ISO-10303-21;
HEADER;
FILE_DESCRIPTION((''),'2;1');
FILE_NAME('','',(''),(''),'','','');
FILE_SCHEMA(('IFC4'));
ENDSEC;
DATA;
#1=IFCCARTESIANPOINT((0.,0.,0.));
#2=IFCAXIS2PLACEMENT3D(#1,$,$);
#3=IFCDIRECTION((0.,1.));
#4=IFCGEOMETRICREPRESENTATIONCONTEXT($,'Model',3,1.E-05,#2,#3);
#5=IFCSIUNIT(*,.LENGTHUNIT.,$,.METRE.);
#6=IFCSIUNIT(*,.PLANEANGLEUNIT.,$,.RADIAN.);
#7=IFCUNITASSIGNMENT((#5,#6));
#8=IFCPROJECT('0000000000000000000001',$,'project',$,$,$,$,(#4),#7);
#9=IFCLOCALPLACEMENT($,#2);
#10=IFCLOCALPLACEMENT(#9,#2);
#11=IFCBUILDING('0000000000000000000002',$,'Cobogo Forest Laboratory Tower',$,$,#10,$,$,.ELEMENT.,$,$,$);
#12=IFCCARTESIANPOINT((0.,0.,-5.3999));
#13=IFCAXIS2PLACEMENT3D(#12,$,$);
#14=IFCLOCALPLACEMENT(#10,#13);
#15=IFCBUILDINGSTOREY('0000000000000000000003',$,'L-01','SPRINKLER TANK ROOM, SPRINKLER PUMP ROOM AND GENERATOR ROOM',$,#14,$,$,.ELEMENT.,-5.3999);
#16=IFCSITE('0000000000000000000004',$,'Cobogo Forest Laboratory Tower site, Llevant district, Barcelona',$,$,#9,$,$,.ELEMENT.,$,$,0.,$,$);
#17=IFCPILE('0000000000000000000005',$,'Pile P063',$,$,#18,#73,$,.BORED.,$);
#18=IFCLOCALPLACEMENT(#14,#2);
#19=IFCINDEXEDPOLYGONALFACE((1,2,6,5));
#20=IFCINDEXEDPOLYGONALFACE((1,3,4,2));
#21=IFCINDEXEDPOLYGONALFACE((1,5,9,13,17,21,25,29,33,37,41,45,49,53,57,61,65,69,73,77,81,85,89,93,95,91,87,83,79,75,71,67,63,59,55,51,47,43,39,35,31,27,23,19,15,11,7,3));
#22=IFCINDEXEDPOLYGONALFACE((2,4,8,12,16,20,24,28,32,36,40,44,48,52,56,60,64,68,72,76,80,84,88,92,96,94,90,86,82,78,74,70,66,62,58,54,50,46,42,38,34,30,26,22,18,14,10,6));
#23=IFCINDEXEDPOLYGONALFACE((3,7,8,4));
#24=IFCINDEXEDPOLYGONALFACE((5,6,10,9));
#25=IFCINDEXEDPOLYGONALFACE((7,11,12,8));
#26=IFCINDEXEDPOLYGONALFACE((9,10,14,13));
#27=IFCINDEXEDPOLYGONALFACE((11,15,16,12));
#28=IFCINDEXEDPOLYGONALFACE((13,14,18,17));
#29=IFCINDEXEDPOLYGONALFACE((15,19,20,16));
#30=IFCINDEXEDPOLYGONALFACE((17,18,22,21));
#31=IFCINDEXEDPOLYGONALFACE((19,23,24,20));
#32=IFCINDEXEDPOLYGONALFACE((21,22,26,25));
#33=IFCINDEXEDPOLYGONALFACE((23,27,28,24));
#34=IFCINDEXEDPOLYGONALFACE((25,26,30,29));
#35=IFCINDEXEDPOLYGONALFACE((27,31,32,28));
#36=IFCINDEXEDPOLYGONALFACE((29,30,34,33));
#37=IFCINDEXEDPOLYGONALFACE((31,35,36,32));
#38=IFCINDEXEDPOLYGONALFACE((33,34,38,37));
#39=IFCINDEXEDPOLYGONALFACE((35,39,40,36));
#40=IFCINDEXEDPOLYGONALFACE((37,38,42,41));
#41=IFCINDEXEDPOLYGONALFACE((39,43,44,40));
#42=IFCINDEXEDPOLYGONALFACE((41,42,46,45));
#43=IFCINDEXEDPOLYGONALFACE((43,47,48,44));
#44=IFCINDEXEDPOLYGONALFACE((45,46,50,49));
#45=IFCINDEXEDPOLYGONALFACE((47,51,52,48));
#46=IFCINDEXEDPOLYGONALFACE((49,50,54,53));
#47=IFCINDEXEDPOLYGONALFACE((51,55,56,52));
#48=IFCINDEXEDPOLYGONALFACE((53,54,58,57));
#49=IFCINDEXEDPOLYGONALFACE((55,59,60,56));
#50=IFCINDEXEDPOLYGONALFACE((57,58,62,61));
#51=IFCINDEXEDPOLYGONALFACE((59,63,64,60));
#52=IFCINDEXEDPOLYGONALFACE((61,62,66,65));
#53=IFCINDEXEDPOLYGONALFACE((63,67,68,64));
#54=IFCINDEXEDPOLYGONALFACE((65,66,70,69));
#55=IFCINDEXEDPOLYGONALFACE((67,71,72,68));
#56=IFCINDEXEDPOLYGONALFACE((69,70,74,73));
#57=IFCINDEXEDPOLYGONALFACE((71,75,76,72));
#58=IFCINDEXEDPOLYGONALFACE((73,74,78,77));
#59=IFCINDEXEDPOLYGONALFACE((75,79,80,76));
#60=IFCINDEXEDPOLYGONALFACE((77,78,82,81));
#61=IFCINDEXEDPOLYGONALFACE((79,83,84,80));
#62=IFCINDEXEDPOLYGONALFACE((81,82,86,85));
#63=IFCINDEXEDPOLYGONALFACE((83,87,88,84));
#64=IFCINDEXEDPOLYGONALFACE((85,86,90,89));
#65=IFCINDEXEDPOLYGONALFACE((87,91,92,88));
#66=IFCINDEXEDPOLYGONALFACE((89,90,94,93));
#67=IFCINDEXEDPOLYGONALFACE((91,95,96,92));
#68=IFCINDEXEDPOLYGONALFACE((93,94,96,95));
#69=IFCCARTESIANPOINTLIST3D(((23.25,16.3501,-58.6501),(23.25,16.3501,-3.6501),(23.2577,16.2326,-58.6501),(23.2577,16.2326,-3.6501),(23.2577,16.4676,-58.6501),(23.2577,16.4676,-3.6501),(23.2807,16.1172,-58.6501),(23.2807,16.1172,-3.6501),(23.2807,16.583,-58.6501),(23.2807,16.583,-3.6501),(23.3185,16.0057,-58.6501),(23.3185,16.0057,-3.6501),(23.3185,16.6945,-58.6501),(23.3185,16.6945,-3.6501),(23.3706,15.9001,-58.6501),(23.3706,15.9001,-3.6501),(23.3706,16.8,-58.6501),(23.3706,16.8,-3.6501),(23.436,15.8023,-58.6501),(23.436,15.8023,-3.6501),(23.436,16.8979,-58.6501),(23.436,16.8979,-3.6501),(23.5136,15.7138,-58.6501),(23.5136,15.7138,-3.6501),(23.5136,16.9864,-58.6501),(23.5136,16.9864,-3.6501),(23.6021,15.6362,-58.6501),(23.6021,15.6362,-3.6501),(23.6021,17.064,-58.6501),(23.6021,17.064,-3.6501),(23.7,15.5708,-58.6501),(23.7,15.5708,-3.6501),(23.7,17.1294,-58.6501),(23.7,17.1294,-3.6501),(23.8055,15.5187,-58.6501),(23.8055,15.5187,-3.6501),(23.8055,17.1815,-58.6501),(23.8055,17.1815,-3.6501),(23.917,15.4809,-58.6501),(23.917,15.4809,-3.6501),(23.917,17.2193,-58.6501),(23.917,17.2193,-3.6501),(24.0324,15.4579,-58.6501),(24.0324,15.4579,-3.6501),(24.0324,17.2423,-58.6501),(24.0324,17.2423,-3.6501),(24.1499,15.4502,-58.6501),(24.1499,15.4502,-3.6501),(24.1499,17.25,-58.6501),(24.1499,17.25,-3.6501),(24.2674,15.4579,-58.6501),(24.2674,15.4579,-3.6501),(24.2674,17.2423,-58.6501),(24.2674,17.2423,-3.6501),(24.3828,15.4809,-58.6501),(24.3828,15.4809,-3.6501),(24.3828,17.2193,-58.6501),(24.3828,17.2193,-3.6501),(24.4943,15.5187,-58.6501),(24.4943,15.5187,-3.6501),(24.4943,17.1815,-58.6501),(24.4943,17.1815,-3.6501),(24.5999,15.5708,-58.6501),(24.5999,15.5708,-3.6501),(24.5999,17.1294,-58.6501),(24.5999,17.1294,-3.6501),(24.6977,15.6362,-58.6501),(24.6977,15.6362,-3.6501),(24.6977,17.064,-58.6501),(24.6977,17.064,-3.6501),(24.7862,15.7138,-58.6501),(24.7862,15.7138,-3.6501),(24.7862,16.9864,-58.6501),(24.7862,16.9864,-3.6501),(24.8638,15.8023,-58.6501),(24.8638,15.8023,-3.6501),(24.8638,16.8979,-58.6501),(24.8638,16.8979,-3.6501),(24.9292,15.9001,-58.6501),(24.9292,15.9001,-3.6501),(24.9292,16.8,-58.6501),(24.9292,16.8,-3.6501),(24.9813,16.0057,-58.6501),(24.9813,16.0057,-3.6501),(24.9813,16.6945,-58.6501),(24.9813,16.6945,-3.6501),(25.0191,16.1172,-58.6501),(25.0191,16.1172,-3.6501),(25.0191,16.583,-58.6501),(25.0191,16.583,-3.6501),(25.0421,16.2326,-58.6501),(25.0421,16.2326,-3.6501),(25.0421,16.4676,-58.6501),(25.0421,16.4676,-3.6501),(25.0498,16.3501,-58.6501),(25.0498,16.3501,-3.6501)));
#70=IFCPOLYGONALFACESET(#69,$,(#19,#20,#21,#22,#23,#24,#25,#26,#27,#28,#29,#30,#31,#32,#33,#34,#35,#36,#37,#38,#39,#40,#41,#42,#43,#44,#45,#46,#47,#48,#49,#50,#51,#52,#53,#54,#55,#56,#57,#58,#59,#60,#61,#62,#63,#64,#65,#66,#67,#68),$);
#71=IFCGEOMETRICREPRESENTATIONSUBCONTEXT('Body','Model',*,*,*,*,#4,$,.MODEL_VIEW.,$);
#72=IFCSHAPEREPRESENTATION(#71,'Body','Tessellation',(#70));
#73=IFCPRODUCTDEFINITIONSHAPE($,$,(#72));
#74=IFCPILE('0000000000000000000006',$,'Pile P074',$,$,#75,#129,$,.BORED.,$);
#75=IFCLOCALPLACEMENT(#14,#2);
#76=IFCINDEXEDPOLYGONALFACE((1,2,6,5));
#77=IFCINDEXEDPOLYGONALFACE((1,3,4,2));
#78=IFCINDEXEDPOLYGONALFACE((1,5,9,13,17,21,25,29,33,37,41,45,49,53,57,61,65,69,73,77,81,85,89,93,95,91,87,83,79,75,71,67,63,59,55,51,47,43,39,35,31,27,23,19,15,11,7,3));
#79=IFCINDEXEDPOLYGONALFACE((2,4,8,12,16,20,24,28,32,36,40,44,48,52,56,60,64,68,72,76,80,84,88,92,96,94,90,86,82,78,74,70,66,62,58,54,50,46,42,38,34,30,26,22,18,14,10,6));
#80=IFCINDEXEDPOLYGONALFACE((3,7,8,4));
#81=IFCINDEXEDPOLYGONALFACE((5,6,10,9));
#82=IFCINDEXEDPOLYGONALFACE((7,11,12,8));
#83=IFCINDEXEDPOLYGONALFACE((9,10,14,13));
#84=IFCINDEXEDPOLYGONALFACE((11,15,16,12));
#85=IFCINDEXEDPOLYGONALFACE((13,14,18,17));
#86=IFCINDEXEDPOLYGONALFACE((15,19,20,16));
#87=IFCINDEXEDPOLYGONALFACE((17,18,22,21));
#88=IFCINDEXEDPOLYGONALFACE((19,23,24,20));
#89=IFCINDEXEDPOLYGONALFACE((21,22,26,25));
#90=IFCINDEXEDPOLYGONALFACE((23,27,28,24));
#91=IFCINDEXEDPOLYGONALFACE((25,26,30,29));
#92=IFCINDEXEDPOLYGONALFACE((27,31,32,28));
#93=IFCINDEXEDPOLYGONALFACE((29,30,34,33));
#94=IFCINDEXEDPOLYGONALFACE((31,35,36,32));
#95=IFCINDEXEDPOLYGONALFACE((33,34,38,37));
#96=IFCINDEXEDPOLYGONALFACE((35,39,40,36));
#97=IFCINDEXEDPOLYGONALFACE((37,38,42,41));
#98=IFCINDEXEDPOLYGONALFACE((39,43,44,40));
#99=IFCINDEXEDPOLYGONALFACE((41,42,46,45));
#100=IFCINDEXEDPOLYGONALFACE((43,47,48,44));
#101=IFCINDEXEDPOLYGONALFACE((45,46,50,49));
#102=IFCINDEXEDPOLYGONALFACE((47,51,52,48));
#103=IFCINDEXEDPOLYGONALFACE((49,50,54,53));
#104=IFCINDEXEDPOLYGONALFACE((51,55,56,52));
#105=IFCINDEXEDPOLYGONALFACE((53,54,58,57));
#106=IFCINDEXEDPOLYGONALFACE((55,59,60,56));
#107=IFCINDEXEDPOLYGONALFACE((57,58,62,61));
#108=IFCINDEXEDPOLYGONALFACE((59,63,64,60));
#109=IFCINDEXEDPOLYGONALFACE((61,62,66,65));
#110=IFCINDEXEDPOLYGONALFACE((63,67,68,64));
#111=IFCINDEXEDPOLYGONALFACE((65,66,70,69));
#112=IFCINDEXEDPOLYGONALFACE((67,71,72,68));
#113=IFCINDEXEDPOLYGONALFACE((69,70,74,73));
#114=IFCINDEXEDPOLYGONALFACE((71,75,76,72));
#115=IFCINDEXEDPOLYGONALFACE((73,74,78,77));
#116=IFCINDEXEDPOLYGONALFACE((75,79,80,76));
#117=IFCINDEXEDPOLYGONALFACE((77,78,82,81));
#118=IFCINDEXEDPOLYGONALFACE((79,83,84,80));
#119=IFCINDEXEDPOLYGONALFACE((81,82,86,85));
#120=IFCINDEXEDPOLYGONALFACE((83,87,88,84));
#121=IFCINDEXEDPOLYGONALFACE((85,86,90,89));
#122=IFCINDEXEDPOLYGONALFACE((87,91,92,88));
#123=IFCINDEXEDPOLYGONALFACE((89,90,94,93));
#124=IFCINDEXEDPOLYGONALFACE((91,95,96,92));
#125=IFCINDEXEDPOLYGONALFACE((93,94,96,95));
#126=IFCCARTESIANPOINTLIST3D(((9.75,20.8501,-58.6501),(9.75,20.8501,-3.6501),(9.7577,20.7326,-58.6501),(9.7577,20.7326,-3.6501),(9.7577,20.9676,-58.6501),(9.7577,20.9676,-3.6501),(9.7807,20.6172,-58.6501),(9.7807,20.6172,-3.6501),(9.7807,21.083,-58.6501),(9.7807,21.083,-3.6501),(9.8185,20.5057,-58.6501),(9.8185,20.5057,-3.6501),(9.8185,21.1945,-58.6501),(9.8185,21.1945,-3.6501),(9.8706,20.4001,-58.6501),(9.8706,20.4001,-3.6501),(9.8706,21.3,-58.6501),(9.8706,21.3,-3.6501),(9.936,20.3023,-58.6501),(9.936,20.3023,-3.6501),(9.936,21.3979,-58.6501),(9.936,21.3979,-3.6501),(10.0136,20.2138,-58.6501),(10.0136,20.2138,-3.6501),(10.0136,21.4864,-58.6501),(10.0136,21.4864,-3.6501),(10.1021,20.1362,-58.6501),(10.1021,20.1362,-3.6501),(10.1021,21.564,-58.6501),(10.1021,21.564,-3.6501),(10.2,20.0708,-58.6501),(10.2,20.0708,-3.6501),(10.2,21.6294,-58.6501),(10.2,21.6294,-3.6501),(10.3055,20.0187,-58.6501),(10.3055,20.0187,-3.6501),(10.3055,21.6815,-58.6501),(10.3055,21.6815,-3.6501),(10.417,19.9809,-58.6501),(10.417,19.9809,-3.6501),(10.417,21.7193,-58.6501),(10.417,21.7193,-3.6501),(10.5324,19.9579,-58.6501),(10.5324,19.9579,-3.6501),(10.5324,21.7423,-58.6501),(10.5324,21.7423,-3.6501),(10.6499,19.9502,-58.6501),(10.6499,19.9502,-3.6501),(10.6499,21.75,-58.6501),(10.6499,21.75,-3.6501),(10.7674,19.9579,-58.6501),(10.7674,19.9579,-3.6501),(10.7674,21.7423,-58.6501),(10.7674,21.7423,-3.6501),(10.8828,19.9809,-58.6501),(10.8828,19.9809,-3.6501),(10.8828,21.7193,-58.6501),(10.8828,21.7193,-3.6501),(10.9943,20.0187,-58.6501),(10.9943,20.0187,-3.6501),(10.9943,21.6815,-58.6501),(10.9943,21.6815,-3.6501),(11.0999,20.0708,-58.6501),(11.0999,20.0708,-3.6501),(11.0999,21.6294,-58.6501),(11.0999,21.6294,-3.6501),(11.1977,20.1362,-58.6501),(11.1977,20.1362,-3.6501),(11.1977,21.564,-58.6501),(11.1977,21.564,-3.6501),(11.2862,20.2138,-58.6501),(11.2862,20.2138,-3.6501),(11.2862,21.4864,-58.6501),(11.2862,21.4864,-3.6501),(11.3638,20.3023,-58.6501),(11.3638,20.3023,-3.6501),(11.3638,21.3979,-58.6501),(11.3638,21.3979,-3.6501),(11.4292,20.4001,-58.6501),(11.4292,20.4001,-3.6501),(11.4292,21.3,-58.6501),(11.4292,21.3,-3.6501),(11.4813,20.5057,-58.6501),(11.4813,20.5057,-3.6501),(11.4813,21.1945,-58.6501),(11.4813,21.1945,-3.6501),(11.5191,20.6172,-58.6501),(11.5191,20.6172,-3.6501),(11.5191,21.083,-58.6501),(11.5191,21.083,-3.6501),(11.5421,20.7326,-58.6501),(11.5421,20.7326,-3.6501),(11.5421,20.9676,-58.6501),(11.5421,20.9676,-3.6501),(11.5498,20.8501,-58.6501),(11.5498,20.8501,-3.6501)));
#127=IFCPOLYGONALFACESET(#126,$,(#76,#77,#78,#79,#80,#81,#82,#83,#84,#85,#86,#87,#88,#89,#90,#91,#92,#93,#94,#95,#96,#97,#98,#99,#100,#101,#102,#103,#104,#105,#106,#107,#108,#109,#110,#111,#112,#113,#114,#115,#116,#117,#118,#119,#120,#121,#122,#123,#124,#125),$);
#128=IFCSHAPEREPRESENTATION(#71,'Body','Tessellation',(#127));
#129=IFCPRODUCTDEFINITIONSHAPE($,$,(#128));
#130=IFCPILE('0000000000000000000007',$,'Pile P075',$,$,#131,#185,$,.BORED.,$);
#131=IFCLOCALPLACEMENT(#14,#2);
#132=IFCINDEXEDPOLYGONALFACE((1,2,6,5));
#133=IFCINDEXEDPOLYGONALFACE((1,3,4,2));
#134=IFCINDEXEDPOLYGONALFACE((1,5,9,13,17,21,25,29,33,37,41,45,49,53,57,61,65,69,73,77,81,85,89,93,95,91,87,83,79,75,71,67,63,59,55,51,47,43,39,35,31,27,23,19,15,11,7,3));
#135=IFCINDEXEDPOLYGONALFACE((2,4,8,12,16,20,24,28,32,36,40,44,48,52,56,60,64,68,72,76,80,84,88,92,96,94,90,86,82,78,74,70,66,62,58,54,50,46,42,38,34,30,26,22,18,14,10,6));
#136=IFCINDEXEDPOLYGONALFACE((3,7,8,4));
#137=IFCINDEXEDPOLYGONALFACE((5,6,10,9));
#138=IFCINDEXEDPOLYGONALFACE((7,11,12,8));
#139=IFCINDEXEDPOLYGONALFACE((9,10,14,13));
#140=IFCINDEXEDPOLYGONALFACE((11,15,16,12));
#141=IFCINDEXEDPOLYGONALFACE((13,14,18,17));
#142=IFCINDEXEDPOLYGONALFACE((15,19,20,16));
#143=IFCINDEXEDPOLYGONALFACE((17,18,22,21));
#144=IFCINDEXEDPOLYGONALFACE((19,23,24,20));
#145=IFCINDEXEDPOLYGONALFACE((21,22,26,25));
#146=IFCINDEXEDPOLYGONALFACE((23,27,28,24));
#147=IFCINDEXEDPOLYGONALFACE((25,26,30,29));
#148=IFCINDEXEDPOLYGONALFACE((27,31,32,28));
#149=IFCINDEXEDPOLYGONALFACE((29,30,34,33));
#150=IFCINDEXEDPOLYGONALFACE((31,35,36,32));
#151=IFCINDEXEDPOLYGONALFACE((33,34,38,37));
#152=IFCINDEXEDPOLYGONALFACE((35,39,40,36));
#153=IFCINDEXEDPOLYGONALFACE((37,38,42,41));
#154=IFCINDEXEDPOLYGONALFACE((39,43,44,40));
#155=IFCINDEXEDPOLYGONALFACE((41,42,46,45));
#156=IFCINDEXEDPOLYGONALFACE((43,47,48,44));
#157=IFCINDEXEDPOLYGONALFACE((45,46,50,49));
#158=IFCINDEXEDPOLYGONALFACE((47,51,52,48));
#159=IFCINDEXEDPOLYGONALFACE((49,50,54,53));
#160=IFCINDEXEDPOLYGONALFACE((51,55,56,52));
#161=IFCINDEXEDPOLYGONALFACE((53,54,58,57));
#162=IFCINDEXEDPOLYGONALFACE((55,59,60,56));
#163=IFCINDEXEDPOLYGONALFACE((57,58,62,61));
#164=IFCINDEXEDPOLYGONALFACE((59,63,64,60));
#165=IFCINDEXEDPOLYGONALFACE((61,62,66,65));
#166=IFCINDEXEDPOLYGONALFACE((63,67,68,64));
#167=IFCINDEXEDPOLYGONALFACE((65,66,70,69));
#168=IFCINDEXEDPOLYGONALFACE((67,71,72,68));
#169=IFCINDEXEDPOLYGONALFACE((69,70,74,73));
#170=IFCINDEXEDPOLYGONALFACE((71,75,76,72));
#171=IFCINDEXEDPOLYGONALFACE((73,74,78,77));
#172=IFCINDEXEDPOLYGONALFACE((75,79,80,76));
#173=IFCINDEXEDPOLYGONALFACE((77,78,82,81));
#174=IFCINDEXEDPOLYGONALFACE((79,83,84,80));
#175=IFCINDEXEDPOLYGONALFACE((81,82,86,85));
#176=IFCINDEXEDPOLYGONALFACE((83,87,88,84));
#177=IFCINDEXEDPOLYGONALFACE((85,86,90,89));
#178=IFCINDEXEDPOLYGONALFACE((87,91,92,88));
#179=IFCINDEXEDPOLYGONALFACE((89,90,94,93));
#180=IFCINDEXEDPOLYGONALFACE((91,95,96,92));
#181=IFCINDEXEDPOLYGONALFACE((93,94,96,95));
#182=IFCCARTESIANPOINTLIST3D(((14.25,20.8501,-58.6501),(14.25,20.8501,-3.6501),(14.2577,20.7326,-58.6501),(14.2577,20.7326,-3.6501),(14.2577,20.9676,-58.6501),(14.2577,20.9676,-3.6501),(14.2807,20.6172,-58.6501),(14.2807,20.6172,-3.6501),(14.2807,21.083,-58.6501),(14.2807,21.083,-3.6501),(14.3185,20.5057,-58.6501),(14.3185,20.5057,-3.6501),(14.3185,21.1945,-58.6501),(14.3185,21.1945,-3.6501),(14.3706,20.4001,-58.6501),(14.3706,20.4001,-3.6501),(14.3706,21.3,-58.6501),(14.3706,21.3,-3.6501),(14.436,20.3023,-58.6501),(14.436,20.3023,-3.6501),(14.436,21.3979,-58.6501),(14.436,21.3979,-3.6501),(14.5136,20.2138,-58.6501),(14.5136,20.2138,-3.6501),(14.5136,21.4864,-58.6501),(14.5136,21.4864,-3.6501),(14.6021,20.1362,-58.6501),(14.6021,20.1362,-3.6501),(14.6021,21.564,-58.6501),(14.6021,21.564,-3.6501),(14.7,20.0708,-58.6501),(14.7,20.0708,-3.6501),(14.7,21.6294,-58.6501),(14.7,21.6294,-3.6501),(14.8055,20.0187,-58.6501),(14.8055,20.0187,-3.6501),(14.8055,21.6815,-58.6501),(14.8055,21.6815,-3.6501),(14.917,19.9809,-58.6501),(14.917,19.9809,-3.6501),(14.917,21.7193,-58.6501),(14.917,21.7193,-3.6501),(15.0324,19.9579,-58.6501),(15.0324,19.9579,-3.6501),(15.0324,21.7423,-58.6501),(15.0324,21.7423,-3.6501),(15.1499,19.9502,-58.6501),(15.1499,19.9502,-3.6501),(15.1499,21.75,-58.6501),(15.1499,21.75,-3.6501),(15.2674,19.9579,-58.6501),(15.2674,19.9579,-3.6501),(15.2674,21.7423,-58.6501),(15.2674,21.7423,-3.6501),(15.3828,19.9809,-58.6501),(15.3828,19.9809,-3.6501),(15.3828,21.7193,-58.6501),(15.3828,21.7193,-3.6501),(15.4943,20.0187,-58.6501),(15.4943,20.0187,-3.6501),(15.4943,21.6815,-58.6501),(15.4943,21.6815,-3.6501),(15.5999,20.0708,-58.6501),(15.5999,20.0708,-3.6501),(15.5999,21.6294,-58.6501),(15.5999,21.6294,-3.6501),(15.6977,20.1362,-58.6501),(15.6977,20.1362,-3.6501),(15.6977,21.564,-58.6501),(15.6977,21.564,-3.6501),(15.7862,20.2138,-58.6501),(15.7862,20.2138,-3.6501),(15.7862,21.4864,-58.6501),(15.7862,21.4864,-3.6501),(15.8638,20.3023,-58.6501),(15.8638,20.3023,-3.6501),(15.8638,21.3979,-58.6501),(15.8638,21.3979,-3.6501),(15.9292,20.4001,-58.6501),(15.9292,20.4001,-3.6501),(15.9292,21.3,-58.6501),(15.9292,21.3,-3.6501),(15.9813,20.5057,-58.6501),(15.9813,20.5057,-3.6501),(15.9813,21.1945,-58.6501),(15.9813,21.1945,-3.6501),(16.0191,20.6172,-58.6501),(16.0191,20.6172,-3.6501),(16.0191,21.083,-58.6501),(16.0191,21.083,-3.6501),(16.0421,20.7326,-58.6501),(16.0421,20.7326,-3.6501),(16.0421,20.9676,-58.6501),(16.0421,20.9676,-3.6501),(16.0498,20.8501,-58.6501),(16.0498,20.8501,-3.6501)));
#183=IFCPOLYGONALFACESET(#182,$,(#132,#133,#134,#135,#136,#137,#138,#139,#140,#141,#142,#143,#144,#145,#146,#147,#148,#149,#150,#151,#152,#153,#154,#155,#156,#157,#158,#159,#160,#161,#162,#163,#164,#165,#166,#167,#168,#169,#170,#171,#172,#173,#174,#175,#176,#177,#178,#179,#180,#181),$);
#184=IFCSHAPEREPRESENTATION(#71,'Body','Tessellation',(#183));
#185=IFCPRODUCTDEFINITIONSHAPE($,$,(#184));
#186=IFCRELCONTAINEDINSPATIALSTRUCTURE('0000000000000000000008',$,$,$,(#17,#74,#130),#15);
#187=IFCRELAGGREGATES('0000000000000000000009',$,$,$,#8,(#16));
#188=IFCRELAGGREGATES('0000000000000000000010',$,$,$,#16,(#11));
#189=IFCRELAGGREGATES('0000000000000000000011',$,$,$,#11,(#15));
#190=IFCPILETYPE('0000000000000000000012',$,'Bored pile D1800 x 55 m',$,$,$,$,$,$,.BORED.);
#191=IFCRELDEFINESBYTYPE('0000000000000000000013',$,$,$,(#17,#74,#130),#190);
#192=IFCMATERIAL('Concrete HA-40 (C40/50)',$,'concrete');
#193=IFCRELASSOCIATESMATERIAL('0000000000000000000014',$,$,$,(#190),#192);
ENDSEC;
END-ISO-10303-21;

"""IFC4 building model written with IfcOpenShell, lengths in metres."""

from ifc_helpers import new_model, si_unit, direction, frame, origin, origin_2d, place, context, subcontext, project, spatial, circle, extrude, material, material_profile, profile_set, type_object, element, save


model = new_model("IFC4")

# Units and contexts
model_context = context("Model", 3, precision=1e-05, world=origin(), true_north=direction((0.0, 1.0)))
body_context = subcontext(model_context, "Body", "Model", "MODEL_VIEW")
ifc_project = project(units=[si_unit("LENGTHUNIT", "METRE"), si_unit("PLANEANGLEUNIT", "RADIAN")], contexts=[model_context])

# Site, building, storey
site_placement = place(None, origin())
site = spatial("IfcSite", under=ifc_project, at=site_placement, Name="Cobogo Forest Laboratory Tower site, Llevant district, Barcelona", CompositionType="ELEMENT", RefElevation=0.0)
building_placement = place(site_placement, origin())
building = spatial("IfcBuilding", under=site, at=building_placement, Name="Cobogo Forest Laboratory Tower", CompositionType="ELEMENT")
storey_placement = place(building_placement, frame((0.0, 0.0, -5.3999)))
storey = spatial("IfcBuildingStorey", under=building, at=storey_placement, Name="L-01", Description="SPRINKLER TANK ROOM, SPRINKLER PUMP ROOM AND GENERATOR ROOM", CompositionType="ELEMENT", Elevation=-5.3999)

# Piles
ifc_material_1 = material(Name="Concrete HA-40 (C40/50)", Category="concrete")
ifc_material_profile_1 = material_profile(ifc_material_1, circle(Radius=0.8999, at=origin_2d()), Name="PILE D1800")
ifc_profile_set_1 = profile_set([ifc_material_profile_1], Name="Concrete HA-40 (C40/50)")
pile_type = type_object("IfcPileType", Name="Bored pile D1800 x 55 m", PredefinedType="BORED", material=ifc_profile_set_1)
for number, where, z_axis, x_axis, name in (
    (1, (24.1499, 16.3501, -3.6501), (0.0, 0.0, -1.0), (1.0, 0.0, 0.0), "Pile P063"),
    (2, (10.6499, 20.8501, -3.6501), (0.0, 0.0, -1.0), (1.0, 0.0, 0.0), "Pile P074"),
    (3, (15.1499, 20.8501, -3.6501), (0.0, 0.0, -1.0), (1.0, 0.0, 0.0), "Pile P075"),
):
    element("IfcPile", number, at=place(storey_placement, frame(where, z_axis=z_axis, x_axis=x_axis)), inside=storey, type_object=pile_type, Name=name, PredefinedType="BORED", context=body_context, shape_type="SweptSolid", body=[
        extrude(circle(Radius=0.8999, at=origin_2d()), origin(), (0.0, 0.0, 1.0), 55.0),
    ])

save(model, "model.ifc")
